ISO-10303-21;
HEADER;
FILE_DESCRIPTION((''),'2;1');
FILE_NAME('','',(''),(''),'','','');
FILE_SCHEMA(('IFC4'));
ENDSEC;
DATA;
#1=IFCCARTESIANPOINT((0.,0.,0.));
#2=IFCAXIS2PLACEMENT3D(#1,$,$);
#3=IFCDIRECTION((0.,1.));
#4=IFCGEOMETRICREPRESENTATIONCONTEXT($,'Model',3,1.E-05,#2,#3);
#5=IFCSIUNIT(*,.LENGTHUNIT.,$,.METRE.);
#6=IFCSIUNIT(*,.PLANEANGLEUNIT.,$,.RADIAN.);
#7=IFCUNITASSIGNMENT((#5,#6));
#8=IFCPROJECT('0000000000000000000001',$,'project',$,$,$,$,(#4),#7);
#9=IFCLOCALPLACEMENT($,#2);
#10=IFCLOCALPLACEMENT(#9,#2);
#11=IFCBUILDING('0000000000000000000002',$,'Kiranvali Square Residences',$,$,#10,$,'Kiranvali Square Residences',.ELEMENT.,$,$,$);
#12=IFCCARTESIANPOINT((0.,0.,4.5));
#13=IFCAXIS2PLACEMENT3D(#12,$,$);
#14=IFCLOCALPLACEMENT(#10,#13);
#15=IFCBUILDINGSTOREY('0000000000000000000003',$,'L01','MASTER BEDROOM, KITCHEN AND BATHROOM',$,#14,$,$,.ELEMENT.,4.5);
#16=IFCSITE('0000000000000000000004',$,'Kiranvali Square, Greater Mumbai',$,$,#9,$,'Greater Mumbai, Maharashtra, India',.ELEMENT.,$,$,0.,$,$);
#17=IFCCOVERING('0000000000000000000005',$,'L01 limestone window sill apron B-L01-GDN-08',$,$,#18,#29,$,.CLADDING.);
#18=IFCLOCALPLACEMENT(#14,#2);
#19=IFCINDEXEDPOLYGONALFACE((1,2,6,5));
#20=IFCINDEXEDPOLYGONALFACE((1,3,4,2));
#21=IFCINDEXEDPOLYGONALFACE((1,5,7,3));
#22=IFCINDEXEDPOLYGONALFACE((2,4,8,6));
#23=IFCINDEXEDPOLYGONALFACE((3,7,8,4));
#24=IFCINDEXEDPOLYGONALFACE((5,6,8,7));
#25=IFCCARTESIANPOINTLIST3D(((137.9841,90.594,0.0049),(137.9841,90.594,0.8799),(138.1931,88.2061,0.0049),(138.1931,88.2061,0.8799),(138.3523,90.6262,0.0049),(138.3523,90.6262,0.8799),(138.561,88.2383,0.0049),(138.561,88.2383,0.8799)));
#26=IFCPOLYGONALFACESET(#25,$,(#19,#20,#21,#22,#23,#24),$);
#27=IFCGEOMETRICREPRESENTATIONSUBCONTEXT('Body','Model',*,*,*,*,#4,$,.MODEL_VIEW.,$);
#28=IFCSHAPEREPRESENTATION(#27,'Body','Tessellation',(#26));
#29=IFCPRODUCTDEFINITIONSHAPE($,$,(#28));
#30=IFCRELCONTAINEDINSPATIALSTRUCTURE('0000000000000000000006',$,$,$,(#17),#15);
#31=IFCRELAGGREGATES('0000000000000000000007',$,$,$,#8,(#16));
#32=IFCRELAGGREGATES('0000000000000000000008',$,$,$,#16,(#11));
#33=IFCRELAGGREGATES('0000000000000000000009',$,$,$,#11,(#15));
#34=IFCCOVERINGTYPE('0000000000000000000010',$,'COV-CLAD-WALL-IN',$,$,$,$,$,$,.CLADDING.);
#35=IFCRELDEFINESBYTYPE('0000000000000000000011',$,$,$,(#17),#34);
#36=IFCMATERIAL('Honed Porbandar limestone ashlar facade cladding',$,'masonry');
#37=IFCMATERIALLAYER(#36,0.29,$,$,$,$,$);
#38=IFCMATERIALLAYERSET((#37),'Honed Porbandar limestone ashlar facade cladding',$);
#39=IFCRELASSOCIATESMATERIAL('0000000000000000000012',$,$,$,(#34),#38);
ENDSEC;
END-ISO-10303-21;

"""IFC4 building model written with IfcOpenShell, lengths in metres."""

from ifc_helpers import new_model, si_unit, direction, frame, origin, place, context, subcontext, project, spatial, polyline, outline, extrude, material, layer, layer_set, type_object, element, save


model = new_model("IFC4")

# Units and contexts
model_context = context("Model", 3, precision=1e-05, world=origin(), true_north=direction((0.0, 1.0)))
body_context = subcontext(model_context, "Body", "Model", "MODEL_VIEW")
ifc_project = project(units=[si_unit("LENGTHUNIT", "METRE"), si_unit("PLANEANGLEUNIT", "RADIAN")], contexts=[model_context])

# Site, building, storey
site_placement = place(None, origin())
site = spatial("IfcSite", under=ifc_project, at=site_placement, Name="Kiranvali Square, Greater Mumbai", LongName="Greater Mumbai, Maharashtra, India", CompositionType="ELEMENT", RefElevation=0.0)
building_placement = place(site_placement, origin())
building = spatial("IfcBuilding", under=site, at=building_placement, Name="Kiranvali Square Residences", LongName="Kiranvali Square Residences", CompositionType="ELEMENT")
storey_placement = place(building_placement, frame((0.0, 0.0, 4.5)))
storey = spatial("IfcBuildingStorey", under=building, at=storey_placement, Name="L01", Description="MASTER BEDROOM, KITCHEN AND BATHROOM", CompositionType="ELEMENT", Elevation=4.5)

# Covering
ifc_material_1 = material(Name="Honed Porbandar limestone ashlar facade cladding", Category="masonry")
ifc_layer_1 = layer(ifc_material_1, 0.29)
ifc_layer_set_1 = layer_set([ifc_layer_1], Name="Honed Porbandar limestone ashlar facade cladding")
covering_type_1 = type_object("IfcCoveringType", Name="COV-CLAD-WALL-IN", PredefinedType="CLADDING", material=ifc_layer_set_1)
covering_1_placement = place(storey_placement, frame((0.0, 0.0, 0.0049)))
element("IfcCovering", 1, at=covering_1_placement, inside=storey, type_object=covering_type_1, Name="L01 limestone window sill apron B-L01-GDN-08", PredefinedType="CLADDING", context=body_context, shape_type="SweptSolid", body=[
    extrude(outline(polyline([(137.9841, 90.594), (138.1931, 88.2061), (138.561, 88.2383), (138.3523, 90.6262), (137.9841, 90.594)])), origin(), (0.0, 0.0, 1.0), 0.875),
])

save(model, "model.ifc")
